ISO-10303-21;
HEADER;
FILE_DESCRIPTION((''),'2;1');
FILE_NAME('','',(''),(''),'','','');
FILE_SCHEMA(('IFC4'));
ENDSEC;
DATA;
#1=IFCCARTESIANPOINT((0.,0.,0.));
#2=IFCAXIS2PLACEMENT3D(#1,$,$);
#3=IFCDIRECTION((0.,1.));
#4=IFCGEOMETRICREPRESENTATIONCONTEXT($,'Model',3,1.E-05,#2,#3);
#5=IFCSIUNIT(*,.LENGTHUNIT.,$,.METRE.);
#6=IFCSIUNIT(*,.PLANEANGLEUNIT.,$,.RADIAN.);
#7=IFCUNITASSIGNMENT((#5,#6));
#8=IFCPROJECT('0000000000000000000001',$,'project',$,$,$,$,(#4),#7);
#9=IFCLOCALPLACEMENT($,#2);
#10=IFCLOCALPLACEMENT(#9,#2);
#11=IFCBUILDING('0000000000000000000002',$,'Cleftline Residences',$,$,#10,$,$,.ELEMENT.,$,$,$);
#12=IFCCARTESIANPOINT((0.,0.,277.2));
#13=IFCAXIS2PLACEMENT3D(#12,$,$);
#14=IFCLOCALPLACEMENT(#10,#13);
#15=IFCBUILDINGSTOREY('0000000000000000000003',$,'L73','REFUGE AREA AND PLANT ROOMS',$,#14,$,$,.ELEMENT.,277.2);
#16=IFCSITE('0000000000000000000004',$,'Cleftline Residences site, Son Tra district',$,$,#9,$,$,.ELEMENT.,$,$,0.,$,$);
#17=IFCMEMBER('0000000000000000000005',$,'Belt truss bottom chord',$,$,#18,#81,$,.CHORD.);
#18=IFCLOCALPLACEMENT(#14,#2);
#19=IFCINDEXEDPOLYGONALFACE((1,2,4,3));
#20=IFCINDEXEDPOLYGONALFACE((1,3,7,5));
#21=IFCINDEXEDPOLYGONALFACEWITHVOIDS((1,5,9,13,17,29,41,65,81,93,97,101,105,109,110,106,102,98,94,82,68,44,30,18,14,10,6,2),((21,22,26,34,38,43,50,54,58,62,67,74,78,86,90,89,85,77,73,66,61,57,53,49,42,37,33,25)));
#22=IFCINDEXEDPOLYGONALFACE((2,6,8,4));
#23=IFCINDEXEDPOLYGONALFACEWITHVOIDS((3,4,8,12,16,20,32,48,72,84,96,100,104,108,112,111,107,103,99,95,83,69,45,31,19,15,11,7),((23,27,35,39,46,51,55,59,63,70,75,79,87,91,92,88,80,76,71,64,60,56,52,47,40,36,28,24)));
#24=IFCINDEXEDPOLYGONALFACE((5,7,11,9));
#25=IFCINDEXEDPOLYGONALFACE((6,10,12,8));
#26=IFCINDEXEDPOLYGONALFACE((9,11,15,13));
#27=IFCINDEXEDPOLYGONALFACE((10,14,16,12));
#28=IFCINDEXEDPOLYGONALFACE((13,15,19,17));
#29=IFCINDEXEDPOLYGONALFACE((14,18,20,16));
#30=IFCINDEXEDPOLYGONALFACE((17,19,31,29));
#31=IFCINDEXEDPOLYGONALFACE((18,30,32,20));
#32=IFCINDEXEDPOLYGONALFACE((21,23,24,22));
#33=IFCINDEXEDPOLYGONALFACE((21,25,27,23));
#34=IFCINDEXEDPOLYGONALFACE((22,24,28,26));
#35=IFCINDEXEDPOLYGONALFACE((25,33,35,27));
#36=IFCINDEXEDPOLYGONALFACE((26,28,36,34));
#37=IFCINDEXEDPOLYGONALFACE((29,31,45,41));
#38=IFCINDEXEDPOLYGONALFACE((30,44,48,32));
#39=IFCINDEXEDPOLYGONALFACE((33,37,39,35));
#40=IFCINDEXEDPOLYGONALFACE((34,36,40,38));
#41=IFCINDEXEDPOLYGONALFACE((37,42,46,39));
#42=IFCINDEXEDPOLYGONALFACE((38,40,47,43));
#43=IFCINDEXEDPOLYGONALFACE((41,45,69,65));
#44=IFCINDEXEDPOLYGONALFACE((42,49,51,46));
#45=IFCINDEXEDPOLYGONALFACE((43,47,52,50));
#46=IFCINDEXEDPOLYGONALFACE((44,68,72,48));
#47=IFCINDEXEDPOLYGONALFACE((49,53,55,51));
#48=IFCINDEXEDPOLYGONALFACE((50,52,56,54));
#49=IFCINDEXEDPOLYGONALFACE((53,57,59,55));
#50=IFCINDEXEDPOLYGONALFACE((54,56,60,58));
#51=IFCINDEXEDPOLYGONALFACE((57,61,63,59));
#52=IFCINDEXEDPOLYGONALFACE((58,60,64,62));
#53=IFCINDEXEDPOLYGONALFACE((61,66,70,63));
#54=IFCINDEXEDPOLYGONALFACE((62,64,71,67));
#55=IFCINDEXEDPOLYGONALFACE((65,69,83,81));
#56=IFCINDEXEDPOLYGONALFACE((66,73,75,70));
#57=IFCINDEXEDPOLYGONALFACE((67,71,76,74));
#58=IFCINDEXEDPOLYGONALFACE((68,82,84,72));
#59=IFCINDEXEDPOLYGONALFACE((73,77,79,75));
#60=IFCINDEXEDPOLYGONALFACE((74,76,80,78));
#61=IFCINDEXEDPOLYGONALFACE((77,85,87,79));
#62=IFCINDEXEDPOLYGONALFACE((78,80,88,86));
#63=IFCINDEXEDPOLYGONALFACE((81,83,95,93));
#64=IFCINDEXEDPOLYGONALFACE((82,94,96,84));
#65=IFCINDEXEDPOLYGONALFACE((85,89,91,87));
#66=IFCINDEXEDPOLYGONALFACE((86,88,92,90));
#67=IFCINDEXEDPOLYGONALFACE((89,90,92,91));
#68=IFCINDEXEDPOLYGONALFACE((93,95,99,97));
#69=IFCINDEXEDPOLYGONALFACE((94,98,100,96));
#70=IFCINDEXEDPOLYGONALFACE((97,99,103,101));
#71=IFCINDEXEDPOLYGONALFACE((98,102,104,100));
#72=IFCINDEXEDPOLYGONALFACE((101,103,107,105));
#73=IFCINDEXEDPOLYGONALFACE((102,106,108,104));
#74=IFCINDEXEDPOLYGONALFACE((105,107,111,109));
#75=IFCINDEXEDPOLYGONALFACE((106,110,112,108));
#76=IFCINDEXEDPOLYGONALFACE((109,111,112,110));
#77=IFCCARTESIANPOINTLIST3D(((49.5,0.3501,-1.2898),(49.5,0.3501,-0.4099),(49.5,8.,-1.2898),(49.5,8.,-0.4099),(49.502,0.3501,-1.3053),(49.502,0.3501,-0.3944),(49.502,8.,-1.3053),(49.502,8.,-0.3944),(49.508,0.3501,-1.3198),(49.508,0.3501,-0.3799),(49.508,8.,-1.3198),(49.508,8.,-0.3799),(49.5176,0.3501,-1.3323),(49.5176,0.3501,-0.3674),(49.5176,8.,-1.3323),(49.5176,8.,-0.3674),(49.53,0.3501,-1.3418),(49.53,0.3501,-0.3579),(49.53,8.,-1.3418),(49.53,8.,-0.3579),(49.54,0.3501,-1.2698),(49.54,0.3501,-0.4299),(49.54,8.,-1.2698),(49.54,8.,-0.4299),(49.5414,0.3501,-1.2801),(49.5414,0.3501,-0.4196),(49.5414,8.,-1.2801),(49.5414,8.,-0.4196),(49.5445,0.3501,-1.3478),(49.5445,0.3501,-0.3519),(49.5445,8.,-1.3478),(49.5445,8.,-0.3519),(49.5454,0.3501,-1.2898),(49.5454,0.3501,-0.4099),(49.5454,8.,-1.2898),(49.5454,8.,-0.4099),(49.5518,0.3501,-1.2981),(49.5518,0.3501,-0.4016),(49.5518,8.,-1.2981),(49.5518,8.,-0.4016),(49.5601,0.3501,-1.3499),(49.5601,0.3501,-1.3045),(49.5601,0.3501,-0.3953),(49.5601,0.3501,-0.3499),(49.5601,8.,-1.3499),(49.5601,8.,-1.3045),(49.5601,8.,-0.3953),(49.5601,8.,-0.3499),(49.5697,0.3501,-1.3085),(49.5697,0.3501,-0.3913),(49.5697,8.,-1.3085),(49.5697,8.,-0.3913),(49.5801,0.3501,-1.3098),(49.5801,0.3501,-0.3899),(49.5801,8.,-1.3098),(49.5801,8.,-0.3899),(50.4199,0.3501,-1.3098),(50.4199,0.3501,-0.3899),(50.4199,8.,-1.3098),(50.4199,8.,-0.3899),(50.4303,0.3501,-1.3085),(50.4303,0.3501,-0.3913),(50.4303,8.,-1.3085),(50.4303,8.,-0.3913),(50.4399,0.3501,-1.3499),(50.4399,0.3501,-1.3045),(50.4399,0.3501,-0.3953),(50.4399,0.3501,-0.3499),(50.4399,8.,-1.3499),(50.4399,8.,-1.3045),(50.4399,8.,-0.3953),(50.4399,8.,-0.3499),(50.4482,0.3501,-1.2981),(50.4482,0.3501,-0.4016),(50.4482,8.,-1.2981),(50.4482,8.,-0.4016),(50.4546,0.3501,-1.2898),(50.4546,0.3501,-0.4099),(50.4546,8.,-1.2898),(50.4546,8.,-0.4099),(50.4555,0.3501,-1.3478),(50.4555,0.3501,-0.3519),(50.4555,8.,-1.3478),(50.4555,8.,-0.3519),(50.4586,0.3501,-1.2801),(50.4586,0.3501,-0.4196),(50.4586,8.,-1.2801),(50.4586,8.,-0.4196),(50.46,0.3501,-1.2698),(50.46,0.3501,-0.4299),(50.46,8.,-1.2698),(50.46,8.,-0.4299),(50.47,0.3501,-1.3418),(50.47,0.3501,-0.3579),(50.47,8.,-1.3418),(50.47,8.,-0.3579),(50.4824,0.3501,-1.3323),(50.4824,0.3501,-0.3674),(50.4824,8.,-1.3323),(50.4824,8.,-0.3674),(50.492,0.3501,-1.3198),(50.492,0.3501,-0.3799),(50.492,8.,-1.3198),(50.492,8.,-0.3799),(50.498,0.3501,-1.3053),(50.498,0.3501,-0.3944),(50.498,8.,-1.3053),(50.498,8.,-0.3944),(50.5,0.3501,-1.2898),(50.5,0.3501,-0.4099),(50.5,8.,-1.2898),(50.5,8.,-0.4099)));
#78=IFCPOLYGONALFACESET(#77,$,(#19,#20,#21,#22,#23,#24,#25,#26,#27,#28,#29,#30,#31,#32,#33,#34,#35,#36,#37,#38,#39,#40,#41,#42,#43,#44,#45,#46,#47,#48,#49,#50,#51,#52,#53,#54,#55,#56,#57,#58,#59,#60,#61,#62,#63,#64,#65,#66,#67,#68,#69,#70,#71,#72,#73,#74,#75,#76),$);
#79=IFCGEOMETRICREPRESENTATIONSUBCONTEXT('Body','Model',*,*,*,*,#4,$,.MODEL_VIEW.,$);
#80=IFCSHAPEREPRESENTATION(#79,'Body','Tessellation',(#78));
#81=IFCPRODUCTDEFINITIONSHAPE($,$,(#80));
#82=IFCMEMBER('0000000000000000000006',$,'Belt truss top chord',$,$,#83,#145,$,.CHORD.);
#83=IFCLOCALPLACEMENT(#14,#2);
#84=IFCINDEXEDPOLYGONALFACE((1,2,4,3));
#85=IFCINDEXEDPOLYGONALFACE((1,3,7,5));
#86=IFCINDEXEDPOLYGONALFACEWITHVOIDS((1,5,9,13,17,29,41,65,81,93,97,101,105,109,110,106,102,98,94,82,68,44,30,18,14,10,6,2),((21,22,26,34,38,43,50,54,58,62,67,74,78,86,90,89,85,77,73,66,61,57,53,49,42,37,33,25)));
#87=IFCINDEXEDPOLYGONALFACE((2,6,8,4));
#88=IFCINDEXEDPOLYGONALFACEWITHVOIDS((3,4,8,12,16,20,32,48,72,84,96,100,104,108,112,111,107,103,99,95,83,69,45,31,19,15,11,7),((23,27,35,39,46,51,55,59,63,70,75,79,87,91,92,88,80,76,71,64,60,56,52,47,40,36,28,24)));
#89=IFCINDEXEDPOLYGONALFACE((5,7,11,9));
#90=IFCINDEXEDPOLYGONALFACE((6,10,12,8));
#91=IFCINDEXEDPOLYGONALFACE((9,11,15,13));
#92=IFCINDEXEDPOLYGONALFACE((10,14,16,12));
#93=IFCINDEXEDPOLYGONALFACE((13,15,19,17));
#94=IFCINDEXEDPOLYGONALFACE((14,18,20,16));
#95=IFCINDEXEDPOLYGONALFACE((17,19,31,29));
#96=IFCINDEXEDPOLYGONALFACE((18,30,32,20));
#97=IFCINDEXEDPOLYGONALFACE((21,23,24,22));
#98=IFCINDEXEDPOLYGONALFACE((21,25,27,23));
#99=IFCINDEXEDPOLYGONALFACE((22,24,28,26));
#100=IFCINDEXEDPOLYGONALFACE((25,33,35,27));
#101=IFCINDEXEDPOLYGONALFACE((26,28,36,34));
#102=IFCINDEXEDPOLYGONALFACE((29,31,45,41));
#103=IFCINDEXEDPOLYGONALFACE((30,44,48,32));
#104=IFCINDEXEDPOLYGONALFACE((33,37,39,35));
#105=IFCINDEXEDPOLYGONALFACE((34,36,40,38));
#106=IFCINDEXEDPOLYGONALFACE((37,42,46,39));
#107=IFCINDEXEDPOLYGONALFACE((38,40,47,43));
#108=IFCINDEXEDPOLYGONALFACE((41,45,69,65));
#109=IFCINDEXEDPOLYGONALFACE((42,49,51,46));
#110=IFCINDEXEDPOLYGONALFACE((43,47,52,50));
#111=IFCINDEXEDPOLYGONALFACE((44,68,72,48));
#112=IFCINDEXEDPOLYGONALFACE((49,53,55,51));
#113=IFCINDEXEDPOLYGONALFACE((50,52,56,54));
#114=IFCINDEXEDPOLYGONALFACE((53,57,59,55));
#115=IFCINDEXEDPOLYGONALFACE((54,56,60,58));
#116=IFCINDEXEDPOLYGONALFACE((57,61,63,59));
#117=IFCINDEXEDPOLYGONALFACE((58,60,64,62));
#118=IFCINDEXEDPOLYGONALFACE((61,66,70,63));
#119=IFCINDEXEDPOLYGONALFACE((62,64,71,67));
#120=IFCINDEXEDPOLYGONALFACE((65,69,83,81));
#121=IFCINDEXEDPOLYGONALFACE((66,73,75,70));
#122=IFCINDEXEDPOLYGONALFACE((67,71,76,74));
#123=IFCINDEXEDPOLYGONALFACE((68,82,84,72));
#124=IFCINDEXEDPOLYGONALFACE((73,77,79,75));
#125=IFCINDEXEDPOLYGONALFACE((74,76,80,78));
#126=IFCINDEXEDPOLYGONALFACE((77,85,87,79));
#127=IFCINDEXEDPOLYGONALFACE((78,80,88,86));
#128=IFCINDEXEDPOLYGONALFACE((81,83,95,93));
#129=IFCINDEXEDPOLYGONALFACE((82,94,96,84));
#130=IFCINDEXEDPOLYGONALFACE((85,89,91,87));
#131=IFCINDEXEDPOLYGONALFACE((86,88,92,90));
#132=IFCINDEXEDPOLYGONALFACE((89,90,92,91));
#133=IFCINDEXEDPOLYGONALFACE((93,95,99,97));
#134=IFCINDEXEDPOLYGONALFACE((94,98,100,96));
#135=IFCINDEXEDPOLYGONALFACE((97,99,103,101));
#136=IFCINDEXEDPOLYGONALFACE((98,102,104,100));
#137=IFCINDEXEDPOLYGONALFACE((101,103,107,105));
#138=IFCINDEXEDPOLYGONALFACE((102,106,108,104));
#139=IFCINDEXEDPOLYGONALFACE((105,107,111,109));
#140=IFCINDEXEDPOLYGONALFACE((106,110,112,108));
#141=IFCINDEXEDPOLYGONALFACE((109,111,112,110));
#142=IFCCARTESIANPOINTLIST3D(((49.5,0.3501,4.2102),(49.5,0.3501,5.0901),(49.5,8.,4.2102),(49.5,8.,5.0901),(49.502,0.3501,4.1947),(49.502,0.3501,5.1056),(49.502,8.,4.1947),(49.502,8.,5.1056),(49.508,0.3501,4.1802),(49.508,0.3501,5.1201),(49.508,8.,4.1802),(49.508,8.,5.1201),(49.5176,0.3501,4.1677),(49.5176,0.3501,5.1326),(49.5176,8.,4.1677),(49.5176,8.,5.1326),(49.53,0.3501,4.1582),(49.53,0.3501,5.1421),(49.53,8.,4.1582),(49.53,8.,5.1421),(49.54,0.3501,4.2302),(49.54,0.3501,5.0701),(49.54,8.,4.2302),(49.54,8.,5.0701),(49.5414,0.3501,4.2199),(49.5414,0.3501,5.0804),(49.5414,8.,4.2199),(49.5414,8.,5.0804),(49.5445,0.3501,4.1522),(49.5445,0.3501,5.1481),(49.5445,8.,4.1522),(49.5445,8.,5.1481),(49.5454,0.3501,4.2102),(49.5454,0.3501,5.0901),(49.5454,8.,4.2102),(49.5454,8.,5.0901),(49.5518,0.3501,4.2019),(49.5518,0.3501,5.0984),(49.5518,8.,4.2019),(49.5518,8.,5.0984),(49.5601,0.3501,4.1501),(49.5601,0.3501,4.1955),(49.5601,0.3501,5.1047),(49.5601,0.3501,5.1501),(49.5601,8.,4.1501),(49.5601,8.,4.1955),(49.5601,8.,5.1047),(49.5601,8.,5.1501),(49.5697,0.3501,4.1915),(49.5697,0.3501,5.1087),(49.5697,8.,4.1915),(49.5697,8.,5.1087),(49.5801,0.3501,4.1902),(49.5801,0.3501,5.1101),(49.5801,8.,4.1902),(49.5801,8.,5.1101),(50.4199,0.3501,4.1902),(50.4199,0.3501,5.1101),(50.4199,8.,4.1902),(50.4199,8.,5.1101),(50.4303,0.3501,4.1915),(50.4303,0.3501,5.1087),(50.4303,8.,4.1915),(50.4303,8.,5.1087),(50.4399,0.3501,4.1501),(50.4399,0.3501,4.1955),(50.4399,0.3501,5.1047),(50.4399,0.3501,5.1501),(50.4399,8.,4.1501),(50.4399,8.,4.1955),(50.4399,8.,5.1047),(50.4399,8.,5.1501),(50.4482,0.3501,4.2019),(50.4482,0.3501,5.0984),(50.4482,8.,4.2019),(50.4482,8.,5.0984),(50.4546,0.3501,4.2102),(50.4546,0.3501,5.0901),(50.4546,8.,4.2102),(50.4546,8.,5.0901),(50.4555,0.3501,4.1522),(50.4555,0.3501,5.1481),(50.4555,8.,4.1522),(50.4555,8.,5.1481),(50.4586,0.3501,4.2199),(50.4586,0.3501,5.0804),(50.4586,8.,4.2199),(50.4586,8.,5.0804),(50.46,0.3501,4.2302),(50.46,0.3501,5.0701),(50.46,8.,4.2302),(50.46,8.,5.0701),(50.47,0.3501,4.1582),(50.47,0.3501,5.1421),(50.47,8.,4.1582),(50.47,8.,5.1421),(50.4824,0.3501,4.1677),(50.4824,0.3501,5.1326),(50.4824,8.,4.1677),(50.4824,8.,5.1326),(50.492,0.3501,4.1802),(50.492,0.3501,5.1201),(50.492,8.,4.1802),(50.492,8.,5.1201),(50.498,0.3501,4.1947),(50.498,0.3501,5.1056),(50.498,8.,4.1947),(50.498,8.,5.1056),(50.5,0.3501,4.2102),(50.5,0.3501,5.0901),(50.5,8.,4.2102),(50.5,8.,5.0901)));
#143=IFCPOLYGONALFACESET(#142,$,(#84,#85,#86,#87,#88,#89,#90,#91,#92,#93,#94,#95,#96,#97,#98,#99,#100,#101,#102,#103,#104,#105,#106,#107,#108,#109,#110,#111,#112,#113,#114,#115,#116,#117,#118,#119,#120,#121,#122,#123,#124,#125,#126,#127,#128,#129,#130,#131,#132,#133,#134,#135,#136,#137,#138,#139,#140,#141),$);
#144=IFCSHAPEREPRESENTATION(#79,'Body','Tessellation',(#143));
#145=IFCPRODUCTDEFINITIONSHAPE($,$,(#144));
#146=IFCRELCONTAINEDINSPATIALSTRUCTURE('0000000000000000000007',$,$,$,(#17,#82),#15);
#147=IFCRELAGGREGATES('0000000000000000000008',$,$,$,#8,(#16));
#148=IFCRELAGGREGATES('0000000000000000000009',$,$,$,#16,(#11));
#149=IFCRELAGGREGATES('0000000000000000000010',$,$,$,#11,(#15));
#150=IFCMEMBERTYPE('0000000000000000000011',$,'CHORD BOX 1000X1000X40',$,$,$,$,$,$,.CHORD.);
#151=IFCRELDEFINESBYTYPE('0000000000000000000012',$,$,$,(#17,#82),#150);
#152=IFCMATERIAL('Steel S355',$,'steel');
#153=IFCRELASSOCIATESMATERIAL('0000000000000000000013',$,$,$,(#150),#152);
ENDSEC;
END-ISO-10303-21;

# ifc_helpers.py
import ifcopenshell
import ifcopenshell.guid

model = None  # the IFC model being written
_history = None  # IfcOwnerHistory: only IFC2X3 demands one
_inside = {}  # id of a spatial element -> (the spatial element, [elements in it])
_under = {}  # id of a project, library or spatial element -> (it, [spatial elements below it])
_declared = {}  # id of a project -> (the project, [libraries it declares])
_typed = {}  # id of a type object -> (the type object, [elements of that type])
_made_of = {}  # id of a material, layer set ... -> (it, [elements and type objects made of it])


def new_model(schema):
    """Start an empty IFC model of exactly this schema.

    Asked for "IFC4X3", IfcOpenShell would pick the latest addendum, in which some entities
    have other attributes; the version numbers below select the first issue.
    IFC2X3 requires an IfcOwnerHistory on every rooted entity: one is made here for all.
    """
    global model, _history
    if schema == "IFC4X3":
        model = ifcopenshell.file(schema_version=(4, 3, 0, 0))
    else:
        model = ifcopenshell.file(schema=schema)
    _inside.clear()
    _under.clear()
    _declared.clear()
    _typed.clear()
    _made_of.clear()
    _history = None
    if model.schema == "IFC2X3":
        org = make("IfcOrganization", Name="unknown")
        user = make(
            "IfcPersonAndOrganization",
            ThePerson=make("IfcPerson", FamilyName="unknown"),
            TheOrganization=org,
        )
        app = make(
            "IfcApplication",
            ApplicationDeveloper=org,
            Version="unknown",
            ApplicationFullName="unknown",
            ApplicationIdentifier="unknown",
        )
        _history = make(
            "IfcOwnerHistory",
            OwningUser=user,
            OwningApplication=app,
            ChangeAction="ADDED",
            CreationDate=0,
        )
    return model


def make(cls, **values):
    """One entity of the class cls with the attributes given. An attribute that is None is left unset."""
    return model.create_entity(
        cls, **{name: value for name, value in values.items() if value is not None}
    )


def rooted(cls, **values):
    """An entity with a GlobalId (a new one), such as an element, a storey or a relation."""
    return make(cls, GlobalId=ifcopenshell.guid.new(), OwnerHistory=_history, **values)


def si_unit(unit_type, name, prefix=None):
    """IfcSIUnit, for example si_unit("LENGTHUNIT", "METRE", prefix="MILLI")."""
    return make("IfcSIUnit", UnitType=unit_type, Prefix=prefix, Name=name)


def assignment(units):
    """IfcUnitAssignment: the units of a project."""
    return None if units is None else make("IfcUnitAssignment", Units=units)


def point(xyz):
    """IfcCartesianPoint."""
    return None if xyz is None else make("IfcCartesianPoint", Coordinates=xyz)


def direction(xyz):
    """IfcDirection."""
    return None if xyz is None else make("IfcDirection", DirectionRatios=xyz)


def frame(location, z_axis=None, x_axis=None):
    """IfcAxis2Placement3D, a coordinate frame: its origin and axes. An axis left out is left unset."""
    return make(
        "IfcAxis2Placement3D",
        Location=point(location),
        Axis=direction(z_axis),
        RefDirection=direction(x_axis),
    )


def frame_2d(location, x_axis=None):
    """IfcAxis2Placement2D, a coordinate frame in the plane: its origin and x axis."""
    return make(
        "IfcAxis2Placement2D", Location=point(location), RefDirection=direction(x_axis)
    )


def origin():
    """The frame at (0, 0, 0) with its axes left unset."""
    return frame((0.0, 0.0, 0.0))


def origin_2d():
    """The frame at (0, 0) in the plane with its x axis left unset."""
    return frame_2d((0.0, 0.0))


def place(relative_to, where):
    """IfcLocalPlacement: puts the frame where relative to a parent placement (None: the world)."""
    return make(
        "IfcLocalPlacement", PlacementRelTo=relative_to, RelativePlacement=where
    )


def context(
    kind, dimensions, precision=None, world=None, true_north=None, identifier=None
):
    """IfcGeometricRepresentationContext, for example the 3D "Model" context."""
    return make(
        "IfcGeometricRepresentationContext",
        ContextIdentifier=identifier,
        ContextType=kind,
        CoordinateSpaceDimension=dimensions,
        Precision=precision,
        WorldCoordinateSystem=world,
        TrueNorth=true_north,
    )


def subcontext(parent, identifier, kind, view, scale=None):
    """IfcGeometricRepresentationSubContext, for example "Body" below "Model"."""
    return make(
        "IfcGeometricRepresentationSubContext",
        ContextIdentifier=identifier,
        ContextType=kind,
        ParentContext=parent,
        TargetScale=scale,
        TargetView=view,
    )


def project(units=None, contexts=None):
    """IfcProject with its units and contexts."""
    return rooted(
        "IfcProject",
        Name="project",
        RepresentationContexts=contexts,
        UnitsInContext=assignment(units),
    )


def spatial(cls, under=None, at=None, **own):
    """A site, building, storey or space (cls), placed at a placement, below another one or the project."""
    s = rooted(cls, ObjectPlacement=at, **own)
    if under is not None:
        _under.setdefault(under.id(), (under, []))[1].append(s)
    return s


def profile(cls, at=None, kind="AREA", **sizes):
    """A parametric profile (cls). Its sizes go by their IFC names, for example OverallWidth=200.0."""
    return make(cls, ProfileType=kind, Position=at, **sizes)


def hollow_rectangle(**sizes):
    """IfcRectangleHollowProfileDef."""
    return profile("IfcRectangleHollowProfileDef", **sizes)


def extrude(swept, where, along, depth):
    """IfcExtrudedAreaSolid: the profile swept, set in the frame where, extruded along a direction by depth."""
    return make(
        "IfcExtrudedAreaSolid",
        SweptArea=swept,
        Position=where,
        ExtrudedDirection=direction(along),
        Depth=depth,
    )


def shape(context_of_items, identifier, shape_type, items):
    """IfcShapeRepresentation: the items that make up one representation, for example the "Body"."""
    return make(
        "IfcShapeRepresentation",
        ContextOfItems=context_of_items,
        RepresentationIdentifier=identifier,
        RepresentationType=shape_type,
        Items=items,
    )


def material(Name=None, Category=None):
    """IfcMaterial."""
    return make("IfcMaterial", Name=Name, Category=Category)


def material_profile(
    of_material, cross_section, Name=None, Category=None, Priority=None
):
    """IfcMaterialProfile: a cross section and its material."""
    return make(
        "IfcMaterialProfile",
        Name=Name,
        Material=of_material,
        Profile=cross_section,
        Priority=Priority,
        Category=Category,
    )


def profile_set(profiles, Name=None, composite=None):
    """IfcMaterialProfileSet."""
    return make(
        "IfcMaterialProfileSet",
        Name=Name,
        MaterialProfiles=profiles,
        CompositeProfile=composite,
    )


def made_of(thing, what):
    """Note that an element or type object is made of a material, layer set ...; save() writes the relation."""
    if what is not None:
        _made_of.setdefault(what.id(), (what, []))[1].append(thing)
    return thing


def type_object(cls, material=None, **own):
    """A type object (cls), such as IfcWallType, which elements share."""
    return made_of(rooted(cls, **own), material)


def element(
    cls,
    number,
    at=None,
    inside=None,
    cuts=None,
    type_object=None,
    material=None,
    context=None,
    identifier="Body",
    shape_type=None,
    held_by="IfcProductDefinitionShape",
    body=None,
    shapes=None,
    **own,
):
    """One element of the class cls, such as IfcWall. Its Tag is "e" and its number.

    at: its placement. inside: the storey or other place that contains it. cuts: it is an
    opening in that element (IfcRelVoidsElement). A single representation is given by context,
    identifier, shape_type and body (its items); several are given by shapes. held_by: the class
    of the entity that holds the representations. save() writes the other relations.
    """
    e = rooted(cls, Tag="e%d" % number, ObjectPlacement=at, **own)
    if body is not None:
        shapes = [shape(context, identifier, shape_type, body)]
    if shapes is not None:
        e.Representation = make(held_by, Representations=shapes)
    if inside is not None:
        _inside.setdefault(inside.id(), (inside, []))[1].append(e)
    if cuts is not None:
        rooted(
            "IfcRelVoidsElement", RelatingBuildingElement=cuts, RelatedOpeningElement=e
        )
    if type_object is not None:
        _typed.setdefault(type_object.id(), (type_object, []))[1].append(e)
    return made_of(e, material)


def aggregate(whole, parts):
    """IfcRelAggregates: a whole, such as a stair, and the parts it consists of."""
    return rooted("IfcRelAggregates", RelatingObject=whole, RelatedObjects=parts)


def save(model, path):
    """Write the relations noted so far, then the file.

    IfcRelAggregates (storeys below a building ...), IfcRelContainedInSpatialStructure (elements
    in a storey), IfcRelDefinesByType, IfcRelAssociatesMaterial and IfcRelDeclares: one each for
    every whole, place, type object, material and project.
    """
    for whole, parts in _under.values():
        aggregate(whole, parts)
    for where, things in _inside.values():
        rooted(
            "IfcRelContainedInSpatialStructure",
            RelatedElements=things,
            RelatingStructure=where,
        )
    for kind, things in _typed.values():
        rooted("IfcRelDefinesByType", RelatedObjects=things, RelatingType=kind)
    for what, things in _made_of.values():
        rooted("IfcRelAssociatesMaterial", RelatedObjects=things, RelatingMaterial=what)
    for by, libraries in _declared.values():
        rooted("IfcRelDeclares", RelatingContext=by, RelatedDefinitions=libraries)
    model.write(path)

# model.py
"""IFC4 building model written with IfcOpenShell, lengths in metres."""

from ifc_helpers import new_model, si_unit, direction, frame, origin, origin_2d, place, context, subcontext, project, spatial, hollow_rectangle, extrude, material, material_profile, profile_set, type_object, element, save


model = new_model("IFC4")

# Units and contexts
model_context = context("Model", 3, precision=1e-05, world=origin(), true_north=direction((0.0, 1.0)))
body_context = subcontext(model_context, "Body", "Model", "MODEL_VIEW")
ifc_project = project(units=[si_unit("LENGTHUNIT", "METRE"), si_unit("PLANEANGLEUNIT", "RADIAN")], contexts=[model_context])

# Site, building, storey
site_placement = place(None, origin())
site = spatial("IfcSite", under=ifc_project, at=site_placement, Name="Cleftline Residences site, Son Tra district", CompositionType="ELEMENT", RefElevation=0.0)
building_placement = place(site_placement, origin())
building = spatial("IfcBuilding", under=site, at=building_placement, Name="Cleftline Residences", CompositionType="ELEMENT")
storey_placement = place(building_placement, frame((0.0, 0.0, 277.2)))
storey = spatial("IfcBuildingStorey", under=building, at=storey_placement, Name="L73", Description="REFUGE AREA AND PLANT ROOMS", CompositionType="ELEMENT", Elevation=277.2)

# Members
ifc_material_1 = material(Name="Steel S355", Category="steel")
ifc_material_profile_1 = material_profile(ifc_material_1, hollow_rectangle(XDim=1.0, YDim=1.0, WallThickness=0.04, InnerFilletRadius=0.04, OuterFilletRadius=0.0601, at=origin_2d()))
ifc_profile_set_1 = profile_set([ifc_material_profile_1], Name="Steel S355")
member_type_1 = type_object("IfcMemberType", Name="CHORD BOX 1000X1000X40", PredefinedType="CHORD", material=ifc_profile_set_1)
for number, where, z_axis, x_axis, name in (
    (1, (50.0, 0.3501, -0.8499), (0.0, 1.0, 0.0), (-1.0, 0.0, 0.0), "Belt truss bottom chord"),
    (2, (50.0, 0.3501, 4.6501), (0.0, 1.0, 0.0), (-1.0, 0.0, 0.0), "Belt truss top chord"),
):
    element("IfcMember", number, at=place(storey_placement, frame(where, z_axis=z_axis, x_axis=x_axis)), inside=storey, type_object=member_type_1, Name=name, PredefinedType="CHORD", context=body_context, shape_type="SweptSolid", body=[
        extrude(hollow_rectangle(XDim=1.0, YDim=1.0, WallThickness=0.04, InnerFilletRadius=0.04, OuterFilletRadius=0.0601, at=origin_2d()), origin(), (0.0, 0.0, 1.0), 7.6499),
    ])

save(model, "model.ifc")
